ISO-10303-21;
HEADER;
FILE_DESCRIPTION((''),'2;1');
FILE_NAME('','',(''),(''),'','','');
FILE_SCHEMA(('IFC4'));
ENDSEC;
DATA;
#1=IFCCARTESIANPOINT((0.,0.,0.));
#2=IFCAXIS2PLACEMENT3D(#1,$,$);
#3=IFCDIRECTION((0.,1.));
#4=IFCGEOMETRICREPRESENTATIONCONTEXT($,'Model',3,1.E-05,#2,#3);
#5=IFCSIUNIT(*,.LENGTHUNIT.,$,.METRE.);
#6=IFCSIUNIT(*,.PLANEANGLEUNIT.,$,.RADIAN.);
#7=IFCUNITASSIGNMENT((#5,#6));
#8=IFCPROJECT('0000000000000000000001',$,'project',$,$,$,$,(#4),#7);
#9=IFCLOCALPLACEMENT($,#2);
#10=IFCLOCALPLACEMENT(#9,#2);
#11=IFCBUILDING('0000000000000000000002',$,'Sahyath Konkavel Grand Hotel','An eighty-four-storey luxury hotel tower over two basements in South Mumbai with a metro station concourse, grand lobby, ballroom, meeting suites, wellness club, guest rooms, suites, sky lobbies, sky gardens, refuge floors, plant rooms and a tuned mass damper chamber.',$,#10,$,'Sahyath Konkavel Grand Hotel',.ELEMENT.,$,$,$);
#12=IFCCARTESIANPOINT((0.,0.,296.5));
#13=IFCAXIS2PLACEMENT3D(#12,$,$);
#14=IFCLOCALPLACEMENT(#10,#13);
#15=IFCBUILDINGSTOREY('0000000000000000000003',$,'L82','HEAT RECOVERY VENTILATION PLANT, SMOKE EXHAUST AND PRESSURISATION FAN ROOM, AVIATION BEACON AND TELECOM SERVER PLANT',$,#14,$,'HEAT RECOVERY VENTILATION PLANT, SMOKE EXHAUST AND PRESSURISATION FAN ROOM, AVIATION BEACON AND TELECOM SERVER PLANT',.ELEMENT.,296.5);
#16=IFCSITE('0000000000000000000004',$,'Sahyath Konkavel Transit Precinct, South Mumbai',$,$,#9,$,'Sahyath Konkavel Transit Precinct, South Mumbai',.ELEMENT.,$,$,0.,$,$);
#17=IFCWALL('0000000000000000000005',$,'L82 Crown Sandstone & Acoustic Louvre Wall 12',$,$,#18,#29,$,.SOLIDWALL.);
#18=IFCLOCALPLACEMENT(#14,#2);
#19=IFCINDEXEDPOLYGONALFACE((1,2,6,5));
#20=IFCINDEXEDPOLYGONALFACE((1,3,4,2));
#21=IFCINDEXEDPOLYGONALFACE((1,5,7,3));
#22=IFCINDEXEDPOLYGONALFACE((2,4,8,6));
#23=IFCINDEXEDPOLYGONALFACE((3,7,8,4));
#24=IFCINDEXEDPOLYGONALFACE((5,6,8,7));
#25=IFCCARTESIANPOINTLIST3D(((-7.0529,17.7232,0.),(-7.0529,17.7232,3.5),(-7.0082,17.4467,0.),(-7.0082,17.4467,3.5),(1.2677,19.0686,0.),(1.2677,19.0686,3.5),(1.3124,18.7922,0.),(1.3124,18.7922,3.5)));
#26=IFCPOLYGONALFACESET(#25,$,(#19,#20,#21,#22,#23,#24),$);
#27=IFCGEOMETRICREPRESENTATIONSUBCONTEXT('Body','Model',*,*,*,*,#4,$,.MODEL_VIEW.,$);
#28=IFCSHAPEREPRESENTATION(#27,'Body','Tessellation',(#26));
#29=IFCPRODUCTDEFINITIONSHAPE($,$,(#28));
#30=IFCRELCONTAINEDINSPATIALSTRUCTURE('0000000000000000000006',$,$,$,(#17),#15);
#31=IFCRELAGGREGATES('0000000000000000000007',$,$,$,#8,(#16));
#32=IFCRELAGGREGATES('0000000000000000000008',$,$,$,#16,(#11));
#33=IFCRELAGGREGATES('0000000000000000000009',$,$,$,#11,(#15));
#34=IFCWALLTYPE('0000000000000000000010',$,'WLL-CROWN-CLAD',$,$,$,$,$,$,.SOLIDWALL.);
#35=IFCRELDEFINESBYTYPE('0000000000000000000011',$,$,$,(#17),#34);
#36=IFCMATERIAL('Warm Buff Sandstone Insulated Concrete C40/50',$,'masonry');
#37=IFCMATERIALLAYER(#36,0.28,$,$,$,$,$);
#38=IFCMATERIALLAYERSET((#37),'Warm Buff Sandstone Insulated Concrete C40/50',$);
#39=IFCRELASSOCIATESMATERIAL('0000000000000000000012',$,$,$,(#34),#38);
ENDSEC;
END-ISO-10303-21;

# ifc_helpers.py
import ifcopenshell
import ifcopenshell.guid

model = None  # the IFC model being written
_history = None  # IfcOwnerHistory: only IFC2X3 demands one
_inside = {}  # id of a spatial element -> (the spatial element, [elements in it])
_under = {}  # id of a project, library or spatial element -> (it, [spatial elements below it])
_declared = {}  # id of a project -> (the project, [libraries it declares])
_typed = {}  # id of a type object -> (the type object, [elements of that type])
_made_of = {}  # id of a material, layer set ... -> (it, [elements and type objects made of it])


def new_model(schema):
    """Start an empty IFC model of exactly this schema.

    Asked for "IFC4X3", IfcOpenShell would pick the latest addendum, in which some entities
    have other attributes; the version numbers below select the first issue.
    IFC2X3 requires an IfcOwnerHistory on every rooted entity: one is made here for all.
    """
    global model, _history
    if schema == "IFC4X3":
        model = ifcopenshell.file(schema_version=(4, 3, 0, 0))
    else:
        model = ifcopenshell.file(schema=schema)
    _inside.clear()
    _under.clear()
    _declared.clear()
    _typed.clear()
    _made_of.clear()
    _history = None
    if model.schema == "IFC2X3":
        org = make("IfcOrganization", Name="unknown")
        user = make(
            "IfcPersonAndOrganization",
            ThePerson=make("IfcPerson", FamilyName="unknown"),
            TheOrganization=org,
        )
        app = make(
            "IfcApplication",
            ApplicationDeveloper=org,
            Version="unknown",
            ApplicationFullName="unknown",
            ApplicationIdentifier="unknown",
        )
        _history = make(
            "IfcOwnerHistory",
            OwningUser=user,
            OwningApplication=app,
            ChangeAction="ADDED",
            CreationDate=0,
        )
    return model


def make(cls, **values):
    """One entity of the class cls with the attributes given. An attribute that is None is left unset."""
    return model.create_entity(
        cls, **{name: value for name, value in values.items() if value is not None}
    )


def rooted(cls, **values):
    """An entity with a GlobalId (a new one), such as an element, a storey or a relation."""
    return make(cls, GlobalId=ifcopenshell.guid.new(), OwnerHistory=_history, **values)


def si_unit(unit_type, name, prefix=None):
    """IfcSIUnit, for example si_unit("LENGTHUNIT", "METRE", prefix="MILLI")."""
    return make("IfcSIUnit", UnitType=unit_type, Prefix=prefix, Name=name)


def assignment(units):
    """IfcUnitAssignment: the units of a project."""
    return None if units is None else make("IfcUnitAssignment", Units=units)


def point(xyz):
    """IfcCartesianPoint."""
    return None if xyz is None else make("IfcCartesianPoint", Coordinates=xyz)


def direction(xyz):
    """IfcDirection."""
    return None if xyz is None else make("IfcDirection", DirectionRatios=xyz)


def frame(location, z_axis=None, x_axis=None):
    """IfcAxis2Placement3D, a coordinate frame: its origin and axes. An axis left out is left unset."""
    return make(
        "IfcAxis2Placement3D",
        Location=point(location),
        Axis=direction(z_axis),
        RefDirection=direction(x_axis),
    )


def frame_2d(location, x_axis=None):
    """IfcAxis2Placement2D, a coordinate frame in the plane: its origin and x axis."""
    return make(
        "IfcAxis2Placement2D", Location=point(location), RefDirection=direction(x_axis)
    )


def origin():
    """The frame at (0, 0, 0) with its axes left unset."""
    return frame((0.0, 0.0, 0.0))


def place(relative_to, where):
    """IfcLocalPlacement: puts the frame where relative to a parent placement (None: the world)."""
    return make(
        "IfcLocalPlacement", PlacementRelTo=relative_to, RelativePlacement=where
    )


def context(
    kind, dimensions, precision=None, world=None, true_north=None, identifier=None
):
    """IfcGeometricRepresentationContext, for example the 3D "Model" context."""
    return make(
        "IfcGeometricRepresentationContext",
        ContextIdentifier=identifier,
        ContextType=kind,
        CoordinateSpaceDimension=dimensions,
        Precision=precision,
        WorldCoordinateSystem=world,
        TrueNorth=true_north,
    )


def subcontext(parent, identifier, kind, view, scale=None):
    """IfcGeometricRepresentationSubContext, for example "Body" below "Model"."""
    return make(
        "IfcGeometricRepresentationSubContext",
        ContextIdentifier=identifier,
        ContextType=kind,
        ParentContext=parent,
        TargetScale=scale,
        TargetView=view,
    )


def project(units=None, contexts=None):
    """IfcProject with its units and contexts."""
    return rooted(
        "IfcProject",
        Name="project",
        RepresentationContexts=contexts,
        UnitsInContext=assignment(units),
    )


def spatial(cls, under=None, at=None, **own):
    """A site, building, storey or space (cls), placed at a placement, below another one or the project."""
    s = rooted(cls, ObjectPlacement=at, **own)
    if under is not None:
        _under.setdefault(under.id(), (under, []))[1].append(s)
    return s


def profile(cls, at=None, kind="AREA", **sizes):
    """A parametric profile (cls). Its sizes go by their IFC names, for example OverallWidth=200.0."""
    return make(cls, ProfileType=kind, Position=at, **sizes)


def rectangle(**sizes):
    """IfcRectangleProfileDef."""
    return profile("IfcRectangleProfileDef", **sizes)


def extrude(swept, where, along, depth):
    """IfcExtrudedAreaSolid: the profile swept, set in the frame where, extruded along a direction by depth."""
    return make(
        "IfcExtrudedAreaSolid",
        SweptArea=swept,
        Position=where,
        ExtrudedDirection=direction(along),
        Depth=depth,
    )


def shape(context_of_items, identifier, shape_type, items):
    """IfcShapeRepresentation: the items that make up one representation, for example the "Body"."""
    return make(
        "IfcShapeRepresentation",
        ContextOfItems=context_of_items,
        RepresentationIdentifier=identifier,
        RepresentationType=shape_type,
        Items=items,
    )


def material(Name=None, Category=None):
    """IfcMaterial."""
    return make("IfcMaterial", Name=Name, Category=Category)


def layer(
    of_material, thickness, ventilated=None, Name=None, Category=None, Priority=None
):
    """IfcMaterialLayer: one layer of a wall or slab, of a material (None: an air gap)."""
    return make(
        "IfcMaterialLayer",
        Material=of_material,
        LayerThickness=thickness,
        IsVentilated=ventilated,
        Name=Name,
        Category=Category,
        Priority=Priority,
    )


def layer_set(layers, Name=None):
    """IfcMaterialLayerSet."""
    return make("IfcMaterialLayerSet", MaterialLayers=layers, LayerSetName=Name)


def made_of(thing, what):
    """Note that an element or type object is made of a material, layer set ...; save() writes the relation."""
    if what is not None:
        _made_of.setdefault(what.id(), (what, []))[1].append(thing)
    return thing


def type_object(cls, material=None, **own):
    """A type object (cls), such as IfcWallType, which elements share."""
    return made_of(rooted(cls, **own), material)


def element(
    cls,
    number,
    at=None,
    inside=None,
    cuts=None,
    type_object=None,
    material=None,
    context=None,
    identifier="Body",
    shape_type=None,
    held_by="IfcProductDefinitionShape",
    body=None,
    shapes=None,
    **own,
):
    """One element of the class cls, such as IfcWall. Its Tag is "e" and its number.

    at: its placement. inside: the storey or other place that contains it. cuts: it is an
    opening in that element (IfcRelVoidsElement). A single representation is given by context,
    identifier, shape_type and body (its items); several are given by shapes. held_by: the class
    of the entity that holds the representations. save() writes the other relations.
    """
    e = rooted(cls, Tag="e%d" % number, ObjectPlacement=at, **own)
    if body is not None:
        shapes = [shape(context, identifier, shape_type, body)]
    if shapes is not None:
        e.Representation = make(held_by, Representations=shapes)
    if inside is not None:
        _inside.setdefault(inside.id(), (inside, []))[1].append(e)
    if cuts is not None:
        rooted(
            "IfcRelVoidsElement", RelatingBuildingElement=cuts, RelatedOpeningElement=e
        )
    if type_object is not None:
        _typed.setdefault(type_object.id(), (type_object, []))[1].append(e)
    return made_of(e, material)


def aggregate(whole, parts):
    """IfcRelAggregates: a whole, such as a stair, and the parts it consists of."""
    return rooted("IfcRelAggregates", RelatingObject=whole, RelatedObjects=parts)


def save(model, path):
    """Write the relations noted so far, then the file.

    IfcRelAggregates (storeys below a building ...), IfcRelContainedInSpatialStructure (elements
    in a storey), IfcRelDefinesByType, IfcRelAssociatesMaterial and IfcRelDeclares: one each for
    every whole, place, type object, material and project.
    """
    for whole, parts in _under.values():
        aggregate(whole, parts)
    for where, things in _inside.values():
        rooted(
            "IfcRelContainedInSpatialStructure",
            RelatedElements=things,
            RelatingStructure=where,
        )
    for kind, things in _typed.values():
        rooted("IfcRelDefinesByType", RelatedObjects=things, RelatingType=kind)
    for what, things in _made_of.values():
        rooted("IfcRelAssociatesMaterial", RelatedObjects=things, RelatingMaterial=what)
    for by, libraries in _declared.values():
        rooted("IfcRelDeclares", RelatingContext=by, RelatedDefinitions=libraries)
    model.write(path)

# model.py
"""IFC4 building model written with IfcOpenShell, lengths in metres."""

from ifc_helpers import new_model, si_unit, direction, frame, frame_2d, origin, place, context, subcontext, project, spatial, rectangle, extrude, material, layer, layer_set, type_object, element, save


model = new_model("IFC4")

# Units and contexts
model_context = context("Model", 3, precision=1e-05, world=origin(), true_north=direction((0.0, 1.0)))
body_context = subcontext(model_context, "Body", "Model", "MODEL_VIEW")
ifc_project = project(units=[si_unit("LENGTHUNIT", "METRE"), si_unit("PLANEANGLEUNIT", "RADIAN")], contexts=[model_context])

# Site, building, storey
site_placement = place(None, origin())
site = spatial("IfcSite", under=ifc_project, at=site_placement, Name="Sahyath Konkavel Transit Precinct, South Mumbai", LongName="Sahyath Konkavel Transit Precinct, South Mumbai", CompositionType="ELEMENT", RefElevation=0.0)
building_placement = place(site_placement, origin())
building = spatial("IfcBuilding", under=site, at=building_placement, Name="Sahyath Konkavel Grand Hotel", Description="An eighty-four-storey luxury hotel tower over two basements in South Mumbai with a metro station concourse, grand lobby, ballroom, meeting suites, wellness club, guest rooms, suites, sky lobbies, sky gardens, refuge floors, plant rooms and a tuned mass damper chamber.", LongName="Sahyath Konkavel Grand Hotel", CompositionType="ELEMENT")
storey_placement = place(building_placement, frame((0.0, 0.0, 296.5)))
storey = spatial("IfcBuildingStorey", under=building, at=storey_placement, Name="L82", Description="HEAT RECOVERY VENTILATION PLANT, SMOKE EXHAUST AND PRESSURISATION FAN ROOM, AVIATION BEACON AND TELECOM SERVER PLANT", LongName="HEAT RECOVERY VENTILATION PLANT, SMOKE EXHAUST AND PRESSURISATION FAN ROOM, AVIATION BEACON AND TELECOM SERVER PLANT", CompositionType="ELEMENT", Elevation=296.5)

# Wall
ifc_material_1 = material(Name="Warm Buff Sandstone Insulated Concrete C40/50", Category="masonry")
ifc_layer_1 = layer(ifc_material_1, 0.28)
ifc_layer_set_1 = layer_set([ifc_layer_1], Name="Warm Buff Sandstone Insulated Concrete C40/50")
wall_type_1 = type_object("IfcWallType", Name="WLL-CROWN-CLAD", PredefinedType="SOLIDWALL", material=ifc_layer_set_1)
wall_1_placement = place(storey_placement, frame((1.29, 18.9304, 0.0), z_axis=(0.0, 0.0, 1.0), x_axis=(-0.987177, -0.159629, 0.0)))
element("IfcWall", 1, at=wall_1_placement, inside=storey, type_object=wall_type_1, Name="L82 Crown Sandstone & Acoustic Louvre Wall 12", PredefinedType="SOLIDWALL", context=body_context, shape_type="SweptSolid", body=[
    extrude(rectangle(XDim=8.4287, YDim=0.28, at=frame_2d((4.2144, 0.0))), origin(), (0.0, 0.0, 1.0), 3.5),
])

save(model, "model.ifc")
